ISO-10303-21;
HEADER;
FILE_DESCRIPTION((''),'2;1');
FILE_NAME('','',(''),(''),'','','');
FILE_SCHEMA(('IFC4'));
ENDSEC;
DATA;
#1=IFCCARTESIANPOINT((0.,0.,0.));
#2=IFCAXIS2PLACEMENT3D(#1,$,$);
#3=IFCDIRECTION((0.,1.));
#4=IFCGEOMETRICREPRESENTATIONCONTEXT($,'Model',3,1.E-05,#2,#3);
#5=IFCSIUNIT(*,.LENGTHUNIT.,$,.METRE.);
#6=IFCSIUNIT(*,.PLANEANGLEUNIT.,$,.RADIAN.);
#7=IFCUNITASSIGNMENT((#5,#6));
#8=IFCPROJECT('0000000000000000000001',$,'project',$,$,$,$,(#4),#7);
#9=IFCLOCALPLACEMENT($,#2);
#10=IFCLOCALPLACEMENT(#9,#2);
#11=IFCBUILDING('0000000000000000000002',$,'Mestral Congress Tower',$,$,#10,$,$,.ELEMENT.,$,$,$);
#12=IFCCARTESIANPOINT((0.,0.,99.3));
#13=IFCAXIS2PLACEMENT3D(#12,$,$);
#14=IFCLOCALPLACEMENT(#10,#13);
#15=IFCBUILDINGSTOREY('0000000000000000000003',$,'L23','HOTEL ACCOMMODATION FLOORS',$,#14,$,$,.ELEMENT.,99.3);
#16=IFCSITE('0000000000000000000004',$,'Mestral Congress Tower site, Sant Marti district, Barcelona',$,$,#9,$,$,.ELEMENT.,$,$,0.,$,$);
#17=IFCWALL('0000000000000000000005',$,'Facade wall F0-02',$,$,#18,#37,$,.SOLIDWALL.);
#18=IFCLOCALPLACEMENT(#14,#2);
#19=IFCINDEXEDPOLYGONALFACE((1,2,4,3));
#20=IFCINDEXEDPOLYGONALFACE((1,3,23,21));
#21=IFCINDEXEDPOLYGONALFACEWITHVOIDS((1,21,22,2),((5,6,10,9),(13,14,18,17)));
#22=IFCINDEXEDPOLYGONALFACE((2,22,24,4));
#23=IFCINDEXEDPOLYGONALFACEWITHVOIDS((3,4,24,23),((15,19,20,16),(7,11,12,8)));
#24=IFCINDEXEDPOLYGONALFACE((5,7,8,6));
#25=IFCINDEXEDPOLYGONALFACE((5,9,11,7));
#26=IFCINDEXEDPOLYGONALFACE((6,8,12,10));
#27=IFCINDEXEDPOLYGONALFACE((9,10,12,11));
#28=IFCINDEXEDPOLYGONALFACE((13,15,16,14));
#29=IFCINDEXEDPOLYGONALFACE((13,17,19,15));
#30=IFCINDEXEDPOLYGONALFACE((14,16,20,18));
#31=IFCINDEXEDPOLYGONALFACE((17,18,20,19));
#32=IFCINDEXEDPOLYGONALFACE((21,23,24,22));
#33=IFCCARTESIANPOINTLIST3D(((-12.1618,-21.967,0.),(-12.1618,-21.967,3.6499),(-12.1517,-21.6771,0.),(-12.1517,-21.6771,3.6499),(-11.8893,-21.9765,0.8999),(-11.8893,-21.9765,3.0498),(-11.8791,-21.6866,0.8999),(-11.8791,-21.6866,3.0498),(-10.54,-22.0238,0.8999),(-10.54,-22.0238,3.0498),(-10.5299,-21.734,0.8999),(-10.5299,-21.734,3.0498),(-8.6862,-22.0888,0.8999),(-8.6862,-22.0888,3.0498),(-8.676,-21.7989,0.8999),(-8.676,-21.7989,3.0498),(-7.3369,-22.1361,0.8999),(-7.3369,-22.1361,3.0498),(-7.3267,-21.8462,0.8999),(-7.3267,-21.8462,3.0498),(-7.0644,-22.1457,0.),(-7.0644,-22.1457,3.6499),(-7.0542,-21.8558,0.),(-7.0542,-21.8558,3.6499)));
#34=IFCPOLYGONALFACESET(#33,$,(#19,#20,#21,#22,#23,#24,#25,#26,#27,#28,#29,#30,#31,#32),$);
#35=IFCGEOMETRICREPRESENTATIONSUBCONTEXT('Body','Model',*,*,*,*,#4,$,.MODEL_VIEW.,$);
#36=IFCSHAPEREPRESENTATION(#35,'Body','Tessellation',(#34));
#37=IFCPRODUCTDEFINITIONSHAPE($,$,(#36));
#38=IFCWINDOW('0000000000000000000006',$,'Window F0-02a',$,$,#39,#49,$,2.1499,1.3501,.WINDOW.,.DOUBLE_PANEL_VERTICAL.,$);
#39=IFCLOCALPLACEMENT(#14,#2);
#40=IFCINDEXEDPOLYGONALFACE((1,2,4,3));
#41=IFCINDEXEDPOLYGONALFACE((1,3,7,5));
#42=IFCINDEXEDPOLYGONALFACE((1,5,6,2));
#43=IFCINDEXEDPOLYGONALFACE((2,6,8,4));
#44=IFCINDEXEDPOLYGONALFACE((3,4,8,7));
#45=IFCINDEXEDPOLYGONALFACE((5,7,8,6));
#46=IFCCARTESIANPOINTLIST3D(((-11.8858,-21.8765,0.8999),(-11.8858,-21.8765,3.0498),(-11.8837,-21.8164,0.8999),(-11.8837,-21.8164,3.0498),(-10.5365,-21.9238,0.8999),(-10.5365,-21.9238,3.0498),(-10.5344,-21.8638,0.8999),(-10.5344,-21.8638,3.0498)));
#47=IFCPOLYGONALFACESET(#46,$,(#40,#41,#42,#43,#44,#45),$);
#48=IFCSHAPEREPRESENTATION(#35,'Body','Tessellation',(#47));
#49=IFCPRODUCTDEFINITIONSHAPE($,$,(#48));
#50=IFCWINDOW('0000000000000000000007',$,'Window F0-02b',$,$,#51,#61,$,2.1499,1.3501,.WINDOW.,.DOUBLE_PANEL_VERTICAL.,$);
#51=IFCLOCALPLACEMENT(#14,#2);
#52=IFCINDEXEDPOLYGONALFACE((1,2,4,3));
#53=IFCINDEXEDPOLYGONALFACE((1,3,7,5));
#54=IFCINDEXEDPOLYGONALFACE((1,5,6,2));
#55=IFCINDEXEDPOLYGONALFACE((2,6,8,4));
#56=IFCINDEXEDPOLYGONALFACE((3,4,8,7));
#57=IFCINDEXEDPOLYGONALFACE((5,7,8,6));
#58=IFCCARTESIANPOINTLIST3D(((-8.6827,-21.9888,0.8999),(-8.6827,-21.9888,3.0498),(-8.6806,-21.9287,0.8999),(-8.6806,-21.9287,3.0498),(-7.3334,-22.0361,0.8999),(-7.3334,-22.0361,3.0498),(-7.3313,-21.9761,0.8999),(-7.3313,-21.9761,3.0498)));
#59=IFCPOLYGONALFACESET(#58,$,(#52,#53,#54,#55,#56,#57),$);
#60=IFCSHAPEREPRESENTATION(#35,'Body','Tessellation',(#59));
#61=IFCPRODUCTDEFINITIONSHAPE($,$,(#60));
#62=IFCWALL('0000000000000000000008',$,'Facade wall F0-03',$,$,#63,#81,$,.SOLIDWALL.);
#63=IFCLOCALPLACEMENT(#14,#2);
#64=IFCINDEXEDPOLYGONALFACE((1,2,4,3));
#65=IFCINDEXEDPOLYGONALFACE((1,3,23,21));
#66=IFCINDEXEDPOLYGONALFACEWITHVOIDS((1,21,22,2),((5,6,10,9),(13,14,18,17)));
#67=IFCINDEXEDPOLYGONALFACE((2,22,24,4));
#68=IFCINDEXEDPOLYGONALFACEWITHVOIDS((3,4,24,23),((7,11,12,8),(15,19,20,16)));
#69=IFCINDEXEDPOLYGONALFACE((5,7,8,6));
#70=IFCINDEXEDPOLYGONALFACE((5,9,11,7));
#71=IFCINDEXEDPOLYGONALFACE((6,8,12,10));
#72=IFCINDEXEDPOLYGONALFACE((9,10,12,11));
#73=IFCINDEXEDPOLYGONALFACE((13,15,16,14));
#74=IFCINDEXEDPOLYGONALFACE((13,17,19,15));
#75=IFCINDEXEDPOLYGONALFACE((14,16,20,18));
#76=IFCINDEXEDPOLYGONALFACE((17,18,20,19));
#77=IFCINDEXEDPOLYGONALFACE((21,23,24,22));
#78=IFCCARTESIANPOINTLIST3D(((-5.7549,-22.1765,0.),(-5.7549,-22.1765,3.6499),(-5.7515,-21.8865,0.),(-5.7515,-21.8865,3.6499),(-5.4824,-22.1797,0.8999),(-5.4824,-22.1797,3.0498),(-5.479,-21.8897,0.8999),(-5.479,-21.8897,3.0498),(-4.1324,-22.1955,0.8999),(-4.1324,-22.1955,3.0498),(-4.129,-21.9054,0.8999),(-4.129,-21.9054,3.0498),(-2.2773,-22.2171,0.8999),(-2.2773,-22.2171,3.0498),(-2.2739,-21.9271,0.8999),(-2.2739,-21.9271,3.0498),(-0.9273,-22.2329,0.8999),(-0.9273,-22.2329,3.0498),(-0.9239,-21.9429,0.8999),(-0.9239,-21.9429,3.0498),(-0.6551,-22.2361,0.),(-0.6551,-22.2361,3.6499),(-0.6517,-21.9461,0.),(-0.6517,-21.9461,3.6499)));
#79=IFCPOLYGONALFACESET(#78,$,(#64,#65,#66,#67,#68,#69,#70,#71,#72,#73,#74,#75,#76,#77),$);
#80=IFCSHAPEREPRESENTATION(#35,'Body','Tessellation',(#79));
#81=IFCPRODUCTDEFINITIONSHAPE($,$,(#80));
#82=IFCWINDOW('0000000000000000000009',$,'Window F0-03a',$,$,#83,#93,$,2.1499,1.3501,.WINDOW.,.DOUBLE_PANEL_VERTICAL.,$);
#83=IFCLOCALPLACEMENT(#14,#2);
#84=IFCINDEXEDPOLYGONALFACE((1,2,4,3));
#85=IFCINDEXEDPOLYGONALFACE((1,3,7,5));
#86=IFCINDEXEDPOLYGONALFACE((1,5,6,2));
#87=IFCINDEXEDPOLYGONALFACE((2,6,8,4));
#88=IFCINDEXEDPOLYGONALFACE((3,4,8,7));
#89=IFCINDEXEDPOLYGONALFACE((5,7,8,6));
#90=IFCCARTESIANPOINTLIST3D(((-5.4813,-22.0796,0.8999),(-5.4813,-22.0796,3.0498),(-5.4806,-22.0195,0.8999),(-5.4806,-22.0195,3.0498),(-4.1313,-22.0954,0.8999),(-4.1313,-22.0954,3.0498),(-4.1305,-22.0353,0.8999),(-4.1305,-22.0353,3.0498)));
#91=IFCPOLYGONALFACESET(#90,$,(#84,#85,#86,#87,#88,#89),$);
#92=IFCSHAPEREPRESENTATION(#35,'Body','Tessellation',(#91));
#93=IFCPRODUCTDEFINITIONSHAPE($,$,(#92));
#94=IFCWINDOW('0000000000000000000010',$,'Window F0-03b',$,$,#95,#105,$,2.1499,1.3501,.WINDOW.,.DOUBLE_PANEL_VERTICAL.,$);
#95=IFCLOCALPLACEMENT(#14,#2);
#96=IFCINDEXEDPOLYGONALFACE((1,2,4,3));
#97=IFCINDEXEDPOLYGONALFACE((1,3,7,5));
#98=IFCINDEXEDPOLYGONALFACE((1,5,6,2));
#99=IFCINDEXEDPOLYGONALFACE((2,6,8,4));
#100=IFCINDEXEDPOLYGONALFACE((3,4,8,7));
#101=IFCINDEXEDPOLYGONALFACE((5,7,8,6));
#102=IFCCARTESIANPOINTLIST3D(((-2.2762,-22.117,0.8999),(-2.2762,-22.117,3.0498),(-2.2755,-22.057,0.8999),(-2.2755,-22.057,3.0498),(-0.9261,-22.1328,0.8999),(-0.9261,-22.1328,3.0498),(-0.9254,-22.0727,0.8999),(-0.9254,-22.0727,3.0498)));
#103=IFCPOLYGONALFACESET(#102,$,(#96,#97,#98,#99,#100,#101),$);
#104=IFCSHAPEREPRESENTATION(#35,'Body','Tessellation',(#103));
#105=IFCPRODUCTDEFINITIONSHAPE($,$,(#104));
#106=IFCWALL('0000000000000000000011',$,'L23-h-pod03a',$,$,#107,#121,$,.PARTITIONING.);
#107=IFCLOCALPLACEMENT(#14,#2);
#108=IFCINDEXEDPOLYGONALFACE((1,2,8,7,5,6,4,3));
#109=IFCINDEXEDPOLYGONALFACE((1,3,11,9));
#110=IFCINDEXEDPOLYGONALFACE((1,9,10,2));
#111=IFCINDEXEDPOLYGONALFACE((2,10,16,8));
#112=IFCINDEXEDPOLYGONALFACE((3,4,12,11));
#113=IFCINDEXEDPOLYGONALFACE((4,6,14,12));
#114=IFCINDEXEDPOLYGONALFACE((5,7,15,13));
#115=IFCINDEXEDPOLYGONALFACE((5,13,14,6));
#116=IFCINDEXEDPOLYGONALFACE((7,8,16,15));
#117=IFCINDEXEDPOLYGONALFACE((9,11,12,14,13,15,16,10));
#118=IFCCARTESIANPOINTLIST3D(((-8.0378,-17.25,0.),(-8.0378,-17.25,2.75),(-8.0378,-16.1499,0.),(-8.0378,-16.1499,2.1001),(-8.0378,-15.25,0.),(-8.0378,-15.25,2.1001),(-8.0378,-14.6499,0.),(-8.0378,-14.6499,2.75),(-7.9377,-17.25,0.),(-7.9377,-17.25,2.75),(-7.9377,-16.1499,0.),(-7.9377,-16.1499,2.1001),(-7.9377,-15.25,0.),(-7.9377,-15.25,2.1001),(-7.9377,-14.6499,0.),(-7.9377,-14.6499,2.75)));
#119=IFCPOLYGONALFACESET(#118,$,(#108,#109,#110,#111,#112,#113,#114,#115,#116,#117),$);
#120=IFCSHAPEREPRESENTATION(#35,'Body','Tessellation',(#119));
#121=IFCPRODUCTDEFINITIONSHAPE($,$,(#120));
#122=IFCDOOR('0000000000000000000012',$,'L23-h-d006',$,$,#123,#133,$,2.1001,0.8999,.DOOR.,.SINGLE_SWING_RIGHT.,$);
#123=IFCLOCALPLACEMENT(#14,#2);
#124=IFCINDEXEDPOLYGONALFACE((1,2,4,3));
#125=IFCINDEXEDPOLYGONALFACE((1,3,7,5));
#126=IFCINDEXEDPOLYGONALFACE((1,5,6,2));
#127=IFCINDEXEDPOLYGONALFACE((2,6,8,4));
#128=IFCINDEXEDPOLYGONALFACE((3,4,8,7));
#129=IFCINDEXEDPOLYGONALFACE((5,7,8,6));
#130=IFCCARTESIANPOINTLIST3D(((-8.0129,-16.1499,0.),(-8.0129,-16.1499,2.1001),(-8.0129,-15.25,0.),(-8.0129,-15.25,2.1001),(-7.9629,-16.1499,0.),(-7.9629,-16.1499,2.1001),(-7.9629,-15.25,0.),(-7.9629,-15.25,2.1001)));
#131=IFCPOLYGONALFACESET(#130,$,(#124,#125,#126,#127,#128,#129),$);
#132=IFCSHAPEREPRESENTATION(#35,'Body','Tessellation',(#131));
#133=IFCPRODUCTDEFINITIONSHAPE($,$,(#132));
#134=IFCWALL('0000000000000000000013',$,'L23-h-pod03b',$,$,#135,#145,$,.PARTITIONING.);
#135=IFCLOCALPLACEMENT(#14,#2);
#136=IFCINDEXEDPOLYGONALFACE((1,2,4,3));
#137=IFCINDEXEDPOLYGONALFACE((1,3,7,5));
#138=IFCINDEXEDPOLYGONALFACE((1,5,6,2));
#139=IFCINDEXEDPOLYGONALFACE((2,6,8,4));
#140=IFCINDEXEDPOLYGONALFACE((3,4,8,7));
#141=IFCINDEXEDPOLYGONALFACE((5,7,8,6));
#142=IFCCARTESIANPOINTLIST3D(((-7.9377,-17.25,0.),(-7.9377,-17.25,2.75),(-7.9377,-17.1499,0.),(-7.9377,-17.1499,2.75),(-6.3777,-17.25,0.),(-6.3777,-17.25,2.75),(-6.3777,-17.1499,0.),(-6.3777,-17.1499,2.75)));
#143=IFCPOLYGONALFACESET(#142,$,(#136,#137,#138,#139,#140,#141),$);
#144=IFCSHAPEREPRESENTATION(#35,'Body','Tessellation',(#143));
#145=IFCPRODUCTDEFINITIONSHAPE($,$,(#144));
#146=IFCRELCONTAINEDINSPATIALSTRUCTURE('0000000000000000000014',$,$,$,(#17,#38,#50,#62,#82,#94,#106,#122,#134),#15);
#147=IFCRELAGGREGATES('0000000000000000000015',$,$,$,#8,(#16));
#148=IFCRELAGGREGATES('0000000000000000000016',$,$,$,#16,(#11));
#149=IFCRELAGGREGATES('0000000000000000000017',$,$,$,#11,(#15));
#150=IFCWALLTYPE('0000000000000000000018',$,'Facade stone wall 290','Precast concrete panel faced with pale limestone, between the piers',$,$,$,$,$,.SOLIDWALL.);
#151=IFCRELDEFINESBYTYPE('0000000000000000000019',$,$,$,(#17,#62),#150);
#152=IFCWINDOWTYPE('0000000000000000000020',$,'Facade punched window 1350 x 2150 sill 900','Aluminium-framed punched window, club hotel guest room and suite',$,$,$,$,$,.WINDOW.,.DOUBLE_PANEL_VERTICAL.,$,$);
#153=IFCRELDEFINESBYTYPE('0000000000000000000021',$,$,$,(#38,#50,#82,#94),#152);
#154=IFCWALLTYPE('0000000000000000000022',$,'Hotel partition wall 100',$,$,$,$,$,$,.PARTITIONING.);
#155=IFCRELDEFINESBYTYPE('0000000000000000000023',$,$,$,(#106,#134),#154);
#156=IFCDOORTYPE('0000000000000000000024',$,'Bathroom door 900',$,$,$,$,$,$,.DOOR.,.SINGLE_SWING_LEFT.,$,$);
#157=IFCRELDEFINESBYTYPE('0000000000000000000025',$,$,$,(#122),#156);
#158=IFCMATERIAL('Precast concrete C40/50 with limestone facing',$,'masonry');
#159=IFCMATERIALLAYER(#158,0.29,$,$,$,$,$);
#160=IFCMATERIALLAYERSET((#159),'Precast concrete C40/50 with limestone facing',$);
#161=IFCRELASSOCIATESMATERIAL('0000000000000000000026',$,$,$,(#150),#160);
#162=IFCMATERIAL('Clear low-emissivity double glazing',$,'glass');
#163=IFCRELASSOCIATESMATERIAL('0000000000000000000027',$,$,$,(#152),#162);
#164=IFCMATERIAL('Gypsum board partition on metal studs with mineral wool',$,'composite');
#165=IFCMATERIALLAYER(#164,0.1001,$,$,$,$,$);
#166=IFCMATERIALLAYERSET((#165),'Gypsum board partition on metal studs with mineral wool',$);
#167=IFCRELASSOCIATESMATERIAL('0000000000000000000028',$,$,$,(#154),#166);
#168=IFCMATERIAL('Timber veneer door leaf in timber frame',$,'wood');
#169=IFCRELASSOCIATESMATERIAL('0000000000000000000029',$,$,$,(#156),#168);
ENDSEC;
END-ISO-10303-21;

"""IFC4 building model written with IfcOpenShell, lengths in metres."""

from ifc_helpers import new_model, si_unit, direction, frame, frame_2d, origin, place, context, subcontext, project, spatial, rectangle, extrude, material, layer, layer_set, type_object, element, fill, save


model = new_model("IFC4")

# Units and contexts
model_context = context("Model", 3, precision=1e-05, world=origin(), true_north=direction((0.0, 1.0)))
body_context = subcontext(model_context, "Body", "Model", "MODEL_VIEW")
ifc_project = project(units=[si_unit("LENGTHUNIT", "METRE"), si_unit("PLANEANGLEUNIT", "RADIAN")], contexts=[model_context])

# Site, building, storey
site_placement = place(None, origin())
site = spatial("IfcSite", under=ifc_project, at=site_placement, Name="Mestral Congress Tower site, Sant Marti district, Barcelona", CompositionType="ELEMENT", RefElevation=0.0)
building_placement = place(site_placement, origin())
building = spatial("IfcBuilding", under=site, at=building_placement, Name="Mestral Congress Tower", CompositionType="ELEMENT")
storey_placement = place(building_placement, frame((0.0, 0.0, 99.3)))
storey = spatial("IfcBuildingStorey", under=building, at=storey_placement, Name="L23", Description="HOTEL ACCOMMODATION FLOORS", CompositionType="ELEMENT", Elevation=99.3)

# Walls, openings, windows
ifc_material_1 = material(Name="Precast concrete C40/50 with limestone facing", Category="masonry")
ifc_layer_1 = layer(ifc_material_1, 0.29)
ifc_layer_set_1 = layer_set([ifc_layer_1], Name="Precast concrete C40/50 with limestone facing")
wall_type_1 = type_object("IfcWallType", Name="Facade stone wall 290", Description="Precast concrete panel faced with pale limestone, between the piers", PredefinedType="SOLIDWALL", material=ifc_layer_set_1)
wall_1_placement = place(storey_placement, frame((-12.1567, -21.822, 0.0), z_axis=(0.0, 0.0, 1.0), x_axis=(0.999386, -0.035038, 0.0)))
wall_1 = element("IfcWall", 1, at=wall_1_placement, inside=storey, type_object=wall_type_1, Name="Facade wall F0-02", PredefinedType="SOLIDWALL", context=body_context, shape_type="SweptSolid", body=[
    extrude(rectangle(XDim=5.1006, YDim=0.29, at=frame_2d((2.5503, 0.0))), origin(), (0.0, 0.0, 1.0), 3.6499),
])
opening_1_placement = place(wall_1_placement, frame((0.2727, 0.0, 0.8999)))
opening_1 = element("IfcOpeningElement", 2, at=opening_1_placement, cuts=wall_1, PredefinedType="OPENING", context=body_context, shape_type="SweptSolid", body=[
    extrude(rectangle(XDim=1.3501, YDim=2.1499, at=frame_2d((0.675, 1.075))), frame((0.0, 0.155, 0.0), z_axis=(0.0, -1.0, 0.0), x_axis=(1.0, 0.0, 0.0)), (0.0, 0.0, 1.0), 0.3101),
])
opening_2_placement = place(wall_1_placement, frame((3.4778, 0.0, 0.8999)))
opening_2 = element("IfcOpeningElement", 3, at=opening_2_placement, cuts=wall_1, PredefinedType="OPENING", context=body_context, shape_type="SweptSolid", body=[
    extrude(rectangle(XDim=1.3501, YDim=2.1499, at=frame_2d((0.675, 1.075))), frame((0.0, 0.155, 0.0), z_axis=(0.0, -1.0, 0.0), x_axis=(1.0, 0.0, 0.0)), (0.0, 0.0, 1.0), 0.3101),
])
ifc_material_2 = material(Name="Clear low-emissivity double glazing", Category="glass")
window_type = type_object("IfcWindowType", Name="Facade punched window 1350 x 2150 sill 900", Description="Aluminium-framed punched window, club hotel guest room and suite", PartitioningType="DOUBLE_PANEL_VERTICAL", PredefinedType="WINDOW", material=ifc_material_2)
window_1_placement = place(opening_1_placement, origin())
window_1 = element("IfcWindow", 4, at=window_1_placement, inside=storey, type_object=window_type, Name="Window F0-02a", OverallHeight=2.1499, OverallWidth=1.3501, PartitioningType="DOUBLE_PANEL_VERTICAL", PredefinedType="WINDOW", context=body_context, shape_type="SweptSolid", body=[
    extrude(rectangle(XDim=1.3501, YDim=2.1499, at=frame_2d((0.675, 1.075))), frame((0.0, 0.0151, 0.0), z_axis=(0.0, -1.0, 0.0), x_axis=(1.0, 0.0, 0.0)), (0.0, 0.0, 1.0), 0.0601),
])
fill(opening_1, window_1)
window_2_placement = place(opening_2_placement, origin())
window_2 = element("IfcWindow", 5, at=window_2_placement, inside=storey, type_object=window_type, Name="Window F0-02b", OverallHeight=2.1499, OverallWidth=1.3501, PartitioningType="DOUBLE_PANEL_VERTICAL", PredefinedType="WINDOW", context=body_context, shape_type="SweptSolid", body=[
    extrude(rectangle(XDim=1.3501, YDim=2.1499, at=frame_2d((0.675, 1.075))), frame((0.0, 0.0151, 0.0), z_axis=(0.0, -1.0, 0.0), x_axis=(1.0, 0.0, 0.0)), (0.0, 0.0, 1.0), 0.0601),
])
fill(opening_2, window_2)
wall_2_placement = place(storey_placement, frame((-5.7532, -22.0315, 0.0), z_axis=(0.0, 0.0, 1.0), x_axis=(0.999932, -0.01168, 0.0)))
wall_2 = element("IfcWall", 6, at=wall_2_placement, inside=storey, type_object=wall_type_1, Name="Facade wall F0-03", PredefinedType="SOLIDWALL", context=body_context, shape_type="SweptSolid", body=[
    extrude(rectangle(XDim=5.1001, YDim=0.29, at=frame_2d((2.55, 0.0))), origin(), (0.0, 0.0, 1.0), 3.6499),
])
opening_3_placement = place(wall_2_placement, frame((0.2725, 0.0, 0.8999)))
opening_3 = element("IfcOpeningElement", 7, at=opening_3_placement, cuts=wall_2, PredefinedType="OPENING", context=body_context, shape_type="SweptSolid", body=[
    extrude(rectangle(XDim=1.3501, YDim=2.1499, at=frame_2d((0.675, 1.075))), frame((0.0, 0.155, 0.0), z_axis=(0.0, -1.0, 0.0), x_axis=(1.0, 0.0, 0.0)), (0.0, 0.0, 1.0), 0.3101),
])
opening_4_placement = place(wall_2_placement, frame((3.4778, 0.0, 0.8999)))
opening_4 = element("IfcOpeningElement", 8, at=opening_4_placement, cuts=wall_2, PredefinedType="OPENING", context=body_context, shape_type="SweptSolid", body=[
    extrude(rectangle(XDim=1.3501, YDim=2.1499, at=frame_2d((0.675, 1.075))), frame((0.0, 0.155, 0.0), z_axis=(0.0, -1.0, 0.0), x_axis=(1.0, 0.0, 0.0)), (0.0, 0.0, 1.0), 0.3101),
])
window_3_placement = place(opening_3_placement, origin())
window_3 = element("IfcWindow", 9, at=window_3_placement, inside=storey, type_object=window_type, Name="Window F0-03a", OverallHeight=2.1499, OverallWidth=1.3501, PartitioningType="DOUBLE_PANEL_VERTICAL", PredefinedType="WINDOW", context=body_context, shape_type="SweptSolid", body=[
    extrude(rectangle(XDim=1.3501, YDim=2.1499, at=frame_2d((0.675, 1.075))), frame((0.0, 0.0151, 0.0), z_axis=(0.0, -1.0, 0.0), x_axis=(1.0, 0.0, 0.0)), (0.0, 0.0, 1.0), 0.0601),
])
fill(opening_3, window_3)
window_4_placement = place(opening_4_placement, origin())
window_4 = element("IfcWindow", 10, at=window_4_placement, inside=storey, type_object=window_type, Name="Window F0-03b", OverallHeight=2.1499, OverallWidth=1.3501, PartitioningType="DOUBLE_PANEL_VERTICAL", PredefinedType="WINDOW", context=body_context, shape_type="SweptSolid", body=[
    extrude(rectangle(XDim=1.3501, YDim=2.1499, at=frame_2d((0.675, 1.075))), frame((0.0, 0.0151, 0.0), z_axis=(0.0, -1.0, 0.0), x_axis=(1.0, 0.0, 0.0)), (0.0, 0.0, 1.0), 0.0601),
])
fill(opening_4, window_4)

# Wall, opening, door
ifc_material_3 = material(Name="Gypsum board partition on metal studs with mineral wool", Category="composite")
ifc_layer_2 = layer(ifc_material_3, 0.1001)
ifc_layer_set_2 = layer_set([ifc_layer_2], Name="Gypsum board partition on metal studs with mineral wool")
wall_type_2 = type_object("IfcWallType", Name="Hotel partition wall 100", PredefinedType="PARTITIONING", material=ifc_layer_set_2)
wall_3_placement = place(storey_placement, frame((-7.9878, -14.6499, 0.0), z_axis=(0.0, 0.0, 1.0), x_axis=(0.0, -1.0, 0.0)))
wall_3 = element("IfcWall", 11, at=wall_3_placement, inside=storey, type_object=wall_type_2, Name="L23-h-pod03a", PredefinedType="PARTITIONING", context=body_context, shape_type="SweptSolid", body=[
    extrude(rectangle(XDim=2.6001, YDim=0.1001, at=frame_2d((1.3, 0.0))), origin(), (0.0, 0.0, 1.0), 2.75),
])
opening_5_placement = place(wall_3_placement, frame((0.6001, 0.0, 0.0)))
opening_5 = element("IfcOpeningElement", 12, at=opening_5_placement, cuts=wall_3, PredefinedType="OPENING", context=body_context, shape_type="SweptSolid", body=[
    extrude(rectangle(XDim=0.8999, YDim=2.1001, at=frame_2d((0.45, 1.05))), frame((0.0, 0.0601, 0.0), z_axis=(0.0, -1.0, 0.0), x_axis=(1.0, 0.0, 0.0)), (0.0, 0.0, 1.0), 0.1201),
])
ifc_material_4 = material(Name="Timber veneer door leaf in timber frame", Category="wood")
door_type_1 = type_object("IfcDoorType", Name="Bathroom door 900", OperationType="SINGLE_SWING_LEFT", PredefinedType="DOOR", material=ifc_material_4)
door_1_placement = place(opening_5_placement, origin())
door_1 = element("IfcDoor", 13, at=door_1_placement, inside=storey, type_object=door_type_1, Name="L23-h-d006", OperationType="SINGLE_SWING_RIGHT", OverallHeight=2.1001, OverallWidth=0.8999, PredefinedType="DOOR", context=body_context, shape_type="SweptSolid", body=[
    extrude(rectangle(XDim=0.8999, YDim=2.1001, at=frame_2d((0.45, 1.05))), frame((0.0, 0.0249, 0.0), z_axis=(0.0, -1.0, 0.0), x_axis=(1.0, 0.0, 0.0)), (0.0, 0.0, 1.0), 0.05),
])
fill(opening_5, door_1)

# Wall
wall_4_placement = place(storey_placement, frame((-7.9377, -17.2, 0.0), z_axis=(0.0, 0.0, 1.0), x_axis=(1.0, 0.0, 0.0)))
element("IfcWall", 14, at=wall_4_placement, inside=storey, type_object=wall_type_2, Name="L23-h-pod03b", PredefinedType="PARTITIONING", context=body_context, shape_type="SweptSolid", body=[
    extrude(rectangle(XDim=1.5601, YDim=0.1001, at=frame_2d((0.78, 0.0))), origin(), (0.0, 0.0, 1.0), 2.75),
])

save(model, "model.ifc")
